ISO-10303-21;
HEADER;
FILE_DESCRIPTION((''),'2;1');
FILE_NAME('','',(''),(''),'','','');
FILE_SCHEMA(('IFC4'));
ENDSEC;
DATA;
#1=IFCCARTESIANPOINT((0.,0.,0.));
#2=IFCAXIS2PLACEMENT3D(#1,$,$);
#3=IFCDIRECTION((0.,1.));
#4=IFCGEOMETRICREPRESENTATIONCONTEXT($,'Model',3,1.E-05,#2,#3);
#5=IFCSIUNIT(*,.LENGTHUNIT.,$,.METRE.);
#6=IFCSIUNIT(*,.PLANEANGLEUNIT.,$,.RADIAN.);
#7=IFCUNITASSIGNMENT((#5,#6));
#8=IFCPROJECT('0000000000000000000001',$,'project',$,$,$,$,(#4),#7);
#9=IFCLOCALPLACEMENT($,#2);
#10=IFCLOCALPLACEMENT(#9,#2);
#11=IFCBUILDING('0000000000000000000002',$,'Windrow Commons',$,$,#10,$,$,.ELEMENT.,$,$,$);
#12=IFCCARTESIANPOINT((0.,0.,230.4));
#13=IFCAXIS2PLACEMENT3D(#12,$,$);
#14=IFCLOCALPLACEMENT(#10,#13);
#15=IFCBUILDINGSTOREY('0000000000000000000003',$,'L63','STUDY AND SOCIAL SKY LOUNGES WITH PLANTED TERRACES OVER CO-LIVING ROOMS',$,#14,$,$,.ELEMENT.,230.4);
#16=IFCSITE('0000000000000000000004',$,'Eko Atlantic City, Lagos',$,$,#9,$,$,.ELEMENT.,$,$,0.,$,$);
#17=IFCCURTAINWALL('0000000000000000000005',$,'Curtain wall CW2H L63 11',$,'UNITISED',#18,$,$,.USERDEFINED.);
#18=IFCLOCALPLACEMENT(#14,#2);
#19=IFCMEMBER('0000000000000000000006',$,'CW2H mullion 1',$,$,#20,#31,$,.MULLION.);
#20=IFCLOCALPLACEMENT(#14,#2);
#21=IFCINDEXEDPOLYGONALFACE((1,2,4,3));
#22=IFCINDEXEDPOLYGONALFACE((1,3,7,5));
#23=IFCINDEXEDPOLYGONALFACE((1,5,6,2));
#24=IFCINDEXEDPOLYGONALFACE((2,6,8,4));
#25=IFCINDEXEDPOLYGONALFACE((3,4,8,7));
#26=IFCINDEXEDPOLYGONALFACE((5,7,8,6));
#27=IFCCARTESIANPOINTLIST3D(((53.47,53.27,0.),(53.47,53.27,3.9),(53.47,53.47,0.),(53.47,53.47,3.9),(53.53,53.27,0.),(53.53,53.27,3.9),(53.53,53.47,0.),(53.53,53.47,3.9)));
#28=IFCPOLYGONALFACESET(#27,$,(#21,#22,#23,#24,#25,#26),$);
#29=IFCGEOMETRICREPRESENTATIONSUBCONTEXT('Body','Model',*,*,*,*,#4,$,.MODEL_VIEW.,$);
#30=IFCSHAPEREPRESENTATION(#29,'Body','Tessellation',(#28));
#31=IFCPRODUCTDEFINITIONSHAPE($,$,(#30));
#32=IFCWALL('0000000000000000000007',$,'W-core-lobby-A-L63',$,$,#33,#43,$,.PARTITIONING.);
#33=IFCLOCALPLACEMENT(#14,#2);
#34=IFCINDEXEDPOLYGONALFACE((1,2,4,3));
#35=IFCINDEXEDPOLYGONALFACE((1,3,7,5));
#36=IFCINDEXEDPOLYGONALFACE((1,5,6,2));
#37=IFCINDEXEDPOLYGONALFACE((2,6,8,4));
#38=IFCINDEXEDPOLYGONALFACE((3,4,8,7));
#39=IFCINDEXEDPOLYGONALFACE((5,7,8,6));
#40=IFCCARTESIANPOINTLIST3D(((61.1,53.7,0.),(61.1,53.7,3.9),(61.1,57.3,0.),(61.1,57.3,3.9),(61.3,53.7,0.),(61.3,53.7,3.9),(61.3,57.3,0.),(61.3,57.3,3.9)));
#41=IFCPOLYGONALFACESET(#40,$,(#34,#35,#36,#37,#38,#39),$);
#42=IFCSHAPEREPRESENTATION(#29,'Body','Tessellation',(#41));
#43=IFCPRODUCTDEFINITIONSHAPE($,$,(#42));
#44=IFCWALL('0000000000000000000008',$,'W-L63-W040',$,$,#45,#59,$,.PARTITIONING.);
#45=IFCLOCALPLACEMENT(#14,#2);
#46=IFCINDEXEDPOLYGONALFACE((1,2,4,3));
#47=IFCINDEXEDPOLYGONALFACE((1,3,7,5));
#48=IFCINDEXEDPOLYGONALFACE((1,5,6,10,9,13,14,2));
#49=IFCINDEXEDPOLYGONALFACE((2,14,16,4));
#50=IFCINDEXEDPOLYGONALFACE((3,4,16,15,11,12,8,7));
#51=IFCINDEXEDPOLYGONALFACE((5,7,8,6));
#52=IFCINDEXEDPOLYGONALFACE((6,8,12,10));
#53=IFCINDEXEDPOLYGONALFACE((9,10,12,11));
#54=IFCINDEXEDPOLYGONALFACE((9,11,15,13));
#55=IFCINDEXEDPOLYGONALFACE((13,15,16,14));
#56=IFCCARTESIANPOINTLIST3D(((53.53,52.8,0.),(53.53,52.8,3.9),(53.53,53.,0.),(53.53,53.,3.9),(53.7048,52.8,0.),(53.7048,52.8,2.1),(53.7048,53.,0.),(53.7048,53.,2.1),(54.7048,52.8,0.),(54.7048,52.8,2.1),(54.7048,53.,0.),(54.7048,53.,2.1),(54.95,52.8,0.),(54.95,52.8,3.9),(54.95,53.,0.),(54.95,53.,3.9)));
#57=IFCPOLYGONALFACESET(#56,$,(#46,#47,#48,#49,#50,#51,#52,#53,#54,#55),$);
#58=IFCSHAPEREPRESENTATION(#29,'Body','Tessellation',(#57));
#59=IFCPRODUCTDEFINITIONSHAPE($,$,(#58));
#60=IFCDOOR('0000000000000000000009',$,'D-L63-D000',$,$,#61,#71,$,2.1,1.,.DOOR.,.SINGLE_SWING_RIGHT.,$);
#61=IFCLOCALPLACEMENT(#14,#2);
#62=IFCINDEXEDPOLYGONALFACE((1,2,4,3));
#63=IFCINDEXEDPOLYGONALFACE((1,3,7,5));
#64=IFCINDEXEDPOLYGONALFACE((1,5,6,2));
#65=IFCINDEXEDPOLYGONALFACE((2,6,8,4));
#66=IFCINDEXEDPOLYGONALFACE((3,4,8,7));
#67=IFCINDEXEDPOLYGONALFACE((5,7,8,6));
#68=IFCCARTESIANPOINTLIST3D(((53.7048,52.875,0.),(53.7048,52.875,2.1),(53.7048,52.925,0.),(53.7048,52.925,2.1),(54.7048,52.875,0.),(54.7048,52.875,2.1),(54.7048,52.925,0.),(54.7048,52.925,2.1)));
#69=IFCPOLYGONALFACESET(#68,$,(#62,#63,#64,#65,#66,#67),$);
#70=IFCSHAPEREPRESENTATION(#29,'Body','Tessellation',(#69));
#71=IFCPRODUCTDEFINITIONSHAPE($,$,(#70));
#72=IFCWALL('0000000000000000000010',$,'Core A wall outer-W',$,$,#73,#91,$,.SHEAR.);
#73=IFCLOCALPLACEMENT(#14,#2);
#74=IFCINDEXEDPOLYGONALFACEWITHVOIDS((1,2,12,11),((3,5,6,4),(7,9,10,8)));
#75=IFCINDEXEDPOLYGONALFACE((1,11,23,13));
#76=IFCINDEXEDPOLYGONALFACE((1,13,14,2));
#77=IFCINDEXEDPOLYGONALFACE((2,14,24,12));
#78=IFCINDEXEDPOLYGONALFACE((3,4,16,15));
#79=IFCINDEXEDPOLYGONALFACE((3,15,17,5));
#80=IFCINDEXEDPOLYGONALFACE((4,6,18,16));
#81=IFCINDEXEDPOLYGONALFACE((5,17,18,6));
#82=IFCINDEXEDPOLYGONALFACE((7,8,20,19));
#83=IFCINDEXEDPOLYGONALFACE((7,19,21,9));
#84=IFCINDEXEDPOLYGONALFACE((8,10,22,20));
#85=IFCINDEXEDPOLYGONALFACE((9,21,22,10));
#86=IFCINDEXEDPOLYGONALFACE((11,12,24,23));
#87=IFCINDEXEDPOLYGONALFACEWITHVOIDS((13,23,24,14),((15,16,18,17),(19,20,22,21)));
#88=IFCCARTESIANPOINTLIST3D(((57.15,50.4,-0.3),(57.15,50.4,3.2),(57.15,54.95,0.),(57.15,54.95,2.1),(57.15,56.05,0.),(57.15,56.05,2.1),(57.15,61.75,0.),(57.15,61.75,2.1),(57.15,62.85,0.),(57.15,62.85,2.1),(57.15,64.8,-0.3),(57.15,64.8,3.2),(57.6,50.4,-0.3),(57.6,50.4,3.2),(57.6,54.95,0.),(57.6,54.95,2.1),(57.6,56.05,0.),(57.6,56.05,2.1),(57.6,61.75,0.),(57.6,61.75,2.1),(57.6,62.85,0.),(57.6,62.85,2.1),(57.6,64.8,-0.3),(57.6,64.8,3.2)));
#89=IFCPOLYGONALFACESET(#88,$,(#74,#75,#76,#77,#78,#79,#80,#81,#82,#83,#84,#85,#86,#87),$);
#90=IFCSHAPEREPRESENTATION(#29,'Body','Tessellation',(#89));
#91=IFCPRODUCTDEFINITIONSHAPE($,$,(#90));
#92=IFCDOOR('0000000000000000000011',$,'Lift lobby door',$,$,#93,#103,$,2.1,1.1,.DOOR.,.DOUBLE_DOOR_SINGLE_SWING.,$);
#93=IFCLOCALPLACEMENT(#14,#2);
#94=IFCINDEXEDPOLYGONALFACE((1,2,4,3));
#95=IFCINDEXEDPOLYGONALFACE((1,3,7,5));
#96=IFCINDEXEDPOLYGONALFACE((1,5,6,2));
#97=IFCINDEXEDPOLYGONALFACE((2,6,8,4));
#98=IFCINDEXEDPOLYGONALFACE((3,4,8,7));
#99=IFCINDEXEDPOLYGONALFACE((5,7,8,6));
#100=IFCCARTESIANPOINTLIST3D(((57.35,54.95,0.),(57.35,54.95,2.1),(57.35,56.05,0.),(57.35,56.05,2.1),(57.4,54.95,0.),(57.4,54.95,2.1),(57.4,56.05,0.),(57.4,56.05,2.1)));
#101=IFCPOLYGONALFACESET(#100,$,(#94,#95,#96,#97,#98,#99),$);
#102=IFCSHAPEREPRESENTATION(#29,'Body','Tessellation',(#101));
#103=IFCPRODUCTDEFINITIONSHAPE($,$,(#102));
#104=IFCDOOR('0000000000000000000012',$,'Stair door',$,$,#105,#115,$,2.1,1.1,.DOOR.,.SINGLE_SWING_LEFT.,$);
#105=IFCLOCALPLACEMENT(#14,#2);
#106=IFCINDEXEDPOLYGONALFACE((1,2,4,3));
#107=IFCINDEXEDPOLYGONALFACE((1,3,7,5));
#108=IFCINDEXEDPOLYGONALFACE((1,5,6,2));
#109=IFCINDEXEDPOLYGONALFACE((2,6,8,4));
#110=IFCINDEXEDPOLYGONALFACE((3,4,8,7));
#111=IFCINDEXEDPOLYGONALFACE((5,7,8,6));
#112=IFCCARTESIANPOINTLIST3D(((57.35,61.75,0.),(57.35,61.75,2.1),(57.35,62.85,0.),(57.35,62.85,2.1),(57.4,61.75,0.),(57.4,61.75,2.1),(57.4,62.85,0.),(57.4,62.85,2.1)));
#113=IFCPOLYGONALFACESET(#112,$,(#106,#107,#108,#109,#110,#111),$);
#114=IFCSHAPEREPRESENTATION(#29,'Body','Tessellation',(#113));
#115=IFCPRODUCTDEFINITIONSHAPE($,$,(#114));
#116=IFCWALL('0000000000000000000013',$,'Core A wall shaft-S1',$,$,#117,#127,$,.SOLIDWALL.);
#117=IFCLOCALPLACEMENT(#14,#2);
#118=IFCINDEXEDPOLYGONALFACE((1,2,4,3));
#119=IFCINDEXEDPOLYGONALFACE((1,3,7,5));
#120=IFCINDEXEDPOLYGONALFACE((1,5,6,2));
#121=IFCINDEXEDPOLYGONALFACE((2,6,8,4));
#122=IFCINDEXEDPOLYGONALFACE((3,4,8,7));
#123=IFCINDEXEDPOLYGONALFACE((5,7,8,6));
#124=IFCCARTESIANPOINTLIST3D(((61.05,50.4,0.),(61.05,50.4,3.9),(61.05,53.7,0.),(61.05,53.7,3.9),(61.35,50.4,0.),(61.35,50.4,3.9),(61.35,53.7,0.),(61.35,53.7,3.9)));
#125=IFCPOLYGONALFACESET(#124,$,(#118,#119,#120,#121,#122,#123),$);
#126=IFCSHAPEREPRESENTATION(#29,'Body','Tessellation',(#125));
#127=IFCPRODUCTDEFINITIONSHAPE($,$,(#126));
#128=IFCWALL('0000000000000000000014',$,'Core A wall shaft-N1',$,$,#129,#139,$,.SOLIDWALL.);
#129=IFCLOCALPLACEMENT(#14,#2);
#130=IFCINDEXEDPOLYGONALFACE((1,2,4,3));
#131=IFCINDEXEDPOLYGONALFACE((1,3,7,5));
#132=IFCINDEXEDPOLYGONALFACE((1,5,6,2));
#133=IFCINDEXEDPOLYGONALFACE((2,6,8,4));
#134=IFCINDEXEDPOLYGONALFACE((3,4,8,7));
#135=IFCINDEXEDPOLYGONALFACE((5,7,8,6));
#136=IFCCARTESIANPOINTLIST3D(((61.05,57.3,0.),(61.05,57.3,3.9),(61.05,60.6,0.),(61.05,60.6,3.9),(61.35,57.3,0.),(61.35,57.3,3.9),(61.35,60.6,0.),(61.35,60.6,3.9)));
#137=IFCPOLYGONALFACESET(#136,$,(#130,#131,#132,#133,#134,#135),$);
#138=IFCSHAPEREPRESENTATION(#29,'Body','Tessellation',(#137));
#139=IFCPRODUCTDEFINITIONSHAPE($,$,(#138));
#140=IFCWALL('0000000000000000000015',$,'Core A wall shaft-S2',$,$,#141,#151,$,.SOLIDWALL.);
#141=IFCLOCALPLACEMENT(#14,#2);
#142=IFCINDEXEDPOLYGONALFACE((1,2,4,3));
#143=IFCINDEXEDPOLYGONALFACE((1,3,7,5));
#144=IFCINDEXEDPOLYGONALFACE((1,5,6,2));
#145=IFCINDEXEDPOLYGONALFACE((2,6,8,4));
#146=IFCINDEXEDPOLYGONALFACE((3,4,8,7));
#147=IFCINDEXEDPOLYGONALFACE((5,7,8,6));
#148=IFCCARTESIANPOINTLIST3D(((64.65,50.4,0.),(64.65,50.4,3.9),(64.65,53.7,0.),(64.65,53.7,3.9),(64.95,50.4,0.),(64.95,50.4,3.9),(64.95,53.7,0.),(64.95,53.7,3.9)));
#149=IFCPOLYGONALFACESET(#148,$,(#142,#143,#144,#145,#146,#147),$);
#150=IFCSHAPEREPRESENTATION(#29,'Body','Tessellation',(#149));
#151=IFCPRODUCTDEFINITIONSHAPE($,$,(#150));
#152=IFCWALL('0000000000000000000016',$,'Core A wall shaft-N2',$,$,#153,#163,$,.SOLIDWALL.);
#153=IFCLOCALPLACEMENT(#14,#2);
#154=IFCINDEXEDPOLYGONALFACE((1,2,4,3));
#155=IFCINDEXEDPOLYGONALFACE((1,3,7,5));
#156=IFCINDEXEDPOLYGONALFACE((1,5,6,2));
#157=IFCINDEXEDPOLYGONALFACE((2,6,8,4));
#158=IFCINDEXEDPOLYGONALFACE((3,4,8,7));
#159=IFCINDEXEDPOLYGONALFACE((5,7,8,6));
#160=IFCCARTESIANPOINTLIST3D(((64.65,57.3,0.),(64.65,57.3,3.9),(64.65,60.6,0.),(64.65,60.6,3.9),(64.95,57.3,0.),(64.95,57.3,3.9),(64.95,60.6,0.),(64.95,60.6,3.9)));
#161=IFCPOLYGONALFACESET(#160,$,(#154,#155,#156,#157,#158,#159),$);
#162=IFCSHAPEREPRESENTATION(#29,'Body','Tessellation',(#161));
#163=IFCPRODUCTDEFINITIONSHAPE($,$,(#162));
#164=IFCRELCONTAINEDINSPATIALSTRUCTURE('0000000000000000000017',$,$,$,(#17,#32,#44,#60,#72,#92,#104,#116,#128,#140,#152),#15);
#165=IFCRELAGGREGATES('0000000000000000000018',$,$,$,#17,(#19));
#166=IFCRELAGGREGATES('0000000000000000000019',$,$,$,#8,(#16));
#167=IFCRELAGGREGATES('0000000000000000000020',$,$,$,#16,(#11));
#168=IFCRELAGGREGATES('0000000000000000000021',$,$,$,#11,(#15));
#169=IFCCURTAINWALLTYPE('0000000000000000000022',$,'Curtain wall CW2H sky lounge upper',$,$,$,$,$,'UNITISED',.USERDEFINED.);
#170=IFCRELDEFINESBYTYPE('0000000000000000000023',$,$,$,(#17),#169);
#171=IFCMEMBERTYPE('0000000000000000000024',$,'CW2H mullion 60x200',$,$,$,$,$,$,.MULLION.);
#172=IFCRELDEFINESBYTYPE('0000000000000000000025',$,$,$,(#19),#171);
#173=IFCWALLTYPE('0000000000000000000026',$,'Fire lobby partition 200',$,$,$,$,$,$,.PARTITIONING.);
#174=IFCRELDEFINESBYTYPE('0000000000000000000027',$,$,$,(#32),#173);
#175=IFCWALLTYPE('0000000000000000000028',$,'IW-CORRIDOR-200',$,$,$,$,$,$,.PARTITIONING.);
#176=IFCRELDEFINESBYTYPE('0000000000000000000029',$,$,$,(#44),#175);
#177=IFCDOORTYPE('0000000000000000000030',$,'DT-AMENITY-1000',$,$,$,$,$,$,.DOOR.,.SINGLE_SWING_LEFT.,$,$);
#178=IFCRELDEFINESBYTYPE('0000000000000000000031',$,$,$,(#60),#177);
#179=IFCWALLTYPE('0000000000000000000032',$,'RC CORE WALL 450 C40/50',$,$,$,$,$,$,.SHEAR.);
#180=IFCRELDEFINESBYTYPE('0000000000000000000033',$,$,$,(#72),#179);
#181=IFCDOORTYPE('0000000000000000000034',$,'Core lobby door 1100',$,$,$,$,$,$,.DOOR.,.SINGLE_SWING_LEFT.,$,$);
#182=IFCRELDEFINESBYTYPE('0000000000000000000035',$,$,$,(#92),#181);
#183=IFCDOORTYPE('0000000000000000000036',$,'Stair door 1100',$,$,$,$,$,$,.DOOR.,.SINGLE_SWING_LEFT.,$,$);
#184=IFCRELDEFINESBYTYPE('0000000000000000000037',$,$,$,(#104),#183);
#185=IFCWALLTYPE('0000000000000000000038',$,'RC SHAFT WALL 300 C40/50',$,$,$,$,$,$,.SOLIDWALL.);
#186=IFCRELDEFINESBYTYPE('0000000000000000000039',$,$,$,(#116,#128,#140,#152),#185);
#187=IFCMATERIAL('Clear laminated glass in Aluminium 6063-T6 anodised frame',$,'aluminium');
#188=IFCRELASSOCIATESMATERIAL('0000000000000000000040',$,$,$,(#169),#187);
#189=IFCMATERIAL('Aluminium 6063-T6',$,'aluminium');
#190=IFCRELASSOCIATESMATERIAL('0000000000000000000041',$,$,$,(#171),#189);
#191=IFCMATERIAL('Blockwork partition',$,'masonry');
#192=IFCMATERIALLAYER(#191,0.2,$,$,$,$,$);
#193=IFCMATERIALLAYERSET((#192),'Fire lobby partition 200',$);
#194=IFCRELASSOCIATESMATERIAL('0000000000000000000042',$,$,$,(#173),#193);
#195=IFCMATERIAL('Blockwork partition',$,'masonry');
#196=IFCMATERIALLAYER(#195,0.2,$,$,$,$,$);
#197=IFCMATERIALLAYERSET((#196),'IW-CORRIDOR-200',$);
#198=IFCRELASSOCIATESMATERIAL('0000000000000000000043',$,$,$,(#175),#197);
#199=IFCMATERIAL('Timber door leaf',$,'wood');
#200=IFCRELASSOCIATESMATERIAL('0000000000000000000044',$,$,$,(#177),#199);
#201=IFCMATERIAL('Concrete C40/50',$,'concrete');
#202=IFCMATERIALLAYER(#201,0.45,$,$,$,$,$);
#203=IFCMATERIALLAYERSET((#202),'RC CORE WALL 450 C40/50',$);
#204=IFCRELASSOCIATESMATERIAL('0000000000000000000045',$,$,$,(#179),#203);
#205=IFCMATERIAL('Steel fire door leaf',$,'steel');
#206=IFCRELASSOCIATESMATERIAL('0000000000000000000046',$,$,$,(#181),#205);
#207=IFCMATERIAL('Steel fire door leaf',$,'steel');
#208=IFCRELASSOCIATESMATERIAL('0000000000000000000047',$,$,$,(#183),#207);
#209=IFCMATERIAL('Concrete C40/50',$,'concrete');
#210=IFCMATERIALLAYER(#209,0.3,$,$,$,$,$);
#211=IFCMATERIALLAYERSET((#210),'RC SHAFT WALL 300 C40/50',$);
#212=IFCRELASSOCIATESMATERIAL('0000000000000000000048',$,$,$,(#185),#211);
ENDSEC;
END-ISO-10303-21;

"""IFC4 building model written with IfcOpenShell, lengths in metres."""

from ifc_helpers import new_model, si_unit, direction, frame, frame_2d, origin, origin_2d, place, context, subcontext, project, spatial, rectangle, extrude, material, layer, layer_set, material_profile, profile_set, type_object, element, fill, aggregate, save


model = new_model("IFC4")

# Units and contexts
model_context = context("Model", 3, precision=1e-05, world=origin(), true_north=direction((0.0, 1.0)))
body_context = subcontext(model_context, "Body", "Model", "MODEL_VIEW")
ifc_project = project(units=[si_unit("LENGTHUNIT", "METRE"), si_unit("PLANEANGLEUNIT", "RADIAN")], contexts=[model_context])

# Site, building, storey
site_placement = place(None, origin())
site = spatial("IfcSite", under=ifc_project, at=site_placement, Name="Eko Atlantic City, Lagos", CompositionType="ELEMENT", RefElevation=0.0)
building_placement = place(site_placement, origin())
building = spatial("IfcBuilding", under=site, at=building_placement, Name="Windrow Commons", CompositionType="ELEMENT")
storey_placement = place(building_placement, frame((0.0, 0.0, 230.4)))
storey = spatial("IfcBuildingStorey", under=building, at=storey_placement, Name="L63", Description="STUDY AND SOCIAL SKY LOUNGES WITH PLANTED TERRACES OVER CO-LIVING ROOMS", CompositionType="ELEMENT", Elevation=230.4)

# Curtain wall, member
ifc_material_1 = material(Name="Clear laminated glass in Aluminium 6063-T6 anodised frame", Category="aluminium")
curtain_wall_type = type_object("IfcCurtainWallType", Name="Curtain wall CW2H sky lounge upper", ElementType="UNITISED", PredefinedType="USERDEFINED", material=ifc_material_1)
curtain_wall_placement = place(storey_placement, origin())
curtain_wall = element("IfcCurtainWall", 1, at=curtain_wall_placement, inside=storey, type_object=curtain_wall_type, Name="Curtain wall CW2H L63 11", ObjectType="UNITISED", PredefinedType="USERDEFINED")
ifc_material_2 = material(Name="Aluminium 6063-T6", Category="aluminium")
ifc_material_profile = material_profile(ifc_material_2, rectangle(XDim=0.06, YDim=0.2, at=origin_2d()))
ifc_profile_set = profile_set([ifc_material_profile], Name="Aluminium 6063-T6")
member_type = type_object("IfcMemberType", Name="CW2H mullion 60x200", PredefinedType="MULLION", material=ifc_profile_set)
member_placement = place(storey_placement, frame((53.5, 53.37, 0.0), z_axis=(0.0, 0.0, 1.0), x_axis=(1.0, 0.0, 0.0)))
member = element("IfcMember", 2, at=member_placement, type_object=member_type, Name="CW2H mullion 1", PredefinedType="MULLION", context=body_context, shape_type="SweptSolid", body=[
    extrude(rectangle(XDim=0.06, YDim=0.2, at=origin_2d()), origin(), (0.0, 0.0, 1.0), 3.9),
])
aggregate(curtain_wall, [member])

# Wall
ifc_material_3 = material(Name="Blockwork partition", Category="masonry")
ifc_layer_1 = layer(ifc_material_3, 0.2)
ifc_layer_set_1 = layer_set([ifc_layer_1], Name="Fire lobby partition 200")
wall_type_1 = type_object("IfcWallType", Name="Fire lobby partition 200", PredefinedType="PARTITIONING", material=ifc_layer_set_1)
wall_1_placement = place(storey_placement, frame((61.2, 53.7, 0.0), z_axis=(0.0, 0.0, 1.0), x_axis=(0.0, 1.0, 0.0)))
element("IfcWall", 3, at=wall_1_placement, inside=storey, type_object=wall_type_1, Name="W-core-lobby-A-L63", PredefinedType="PARTITIONING", context=body_context, shape_type="SweptSolid", body=[
    extrude(rectangle(XDim=3.6, YDim=0.2, at=frame_2d((1.8, 0.0))), origin(), (0.0, 0.0, 1.0), 3.9),
])

# Wall, opening, door
ifc_material_4 = material(Name="Blockwork partition", Category="masonry")
ifc_layer_2 = layer(ifc_material_4, 0.2)
ifc_layer_set_2 = layer_set([ifc_layer_2], Name="IW-CORRIDOR-200")
wall_type_2 = type_object("IfcWallType", Name="IW-CORRIDOR-200", PredefinedType="PARTITIONING", material=ifc_layer_set_2)
wall_2_placement = place(storey_placement, frame((53.53, 52.9, 0.0), z_axis=(0.0, 0.0, 1.0), x_axis=(1.0, 0.0, 0.0)))
wall_2 = element("IfcWall", 4, at=wall_2_placement, inside=storey, type_object=wall_type_2, Name="W-L63-W040", PredefinedType="PARTITIONING", context=body_context, shape_type="SweptSolid", body=[
    extrude(rectangle(XDim=1.42, YDim=0.2, at=frame_2d((0.71, 0.0))), origin(), (0.0, 0.0, 1.0), 3.9),
])
opening_1_placement = place(wall_2_placement, frame((0.1748, 0.0, 0.0)))
opening_1 = element("IfcOpeningElement", 5, at=opening_1_placement, cuts=wall_2, PredefinedType="OPENING", context=body_context, shape_type="SweptSolid", body=[
    extrude(rectangle(XDim=1.0, YDim=2.1, at=frame_2d((0.5, 1.05))), frame((0.0, 0.11, 0.0), z_axis=(0.0, -1.0, 0.0), x_axis=(1.0, 0.0, 0.0)), (0.0, 0.0, 1.0), 0.22),
])
ifc_material_5 = material(Name="Timber door leaf", Category="wood")
door_type_1 = type_object("IfcDoorType", Name="DT-AMENITY-1000", OperationType="SINGLE_SWING_LEFT", PredefinedType="DOOR", material=ifc_material_5)
door_1_placement = place(opening_1_placement, origin())
door_1 = element("IfcDoor", 6, at=door_1_placement, inside=storey, type_object=door_type_1, Name="D-L63-D000", OperationType="SINGLE_SWING_RIGHT", OverallHeight=2.1, OverallWidth=1.0, PredefinedType="DOOR", context=body_context, shape_type="SweptSolid", body=[
    extrude(rectangle(XDim=1.0, YDim=2.1, at=frame_2d((0.5, 1.05))), frame((0.0, 0.025, 0.0), z_axis=(0.0, -1.0, 0.0), x_axis=(1.0, 0.0, 0.0)), (0.0, 0.0, 1.0), 0.05),
])
fill(opening_1, door_1)

# Wall, openings, doors
ifc_material_6 = material(Name="Concrete C40/50", Category="concrete")
ifc_layer_3 = layer(ifc_material_6, 0.45)
ifc_layer_set_3 = layer_set([ifc_layer_3], Name="RC CORE WALL 450 C40/50")
wall_type_3 = type_object("IfcWallType", Name="RC CORE WALL 450 C40/50", PredefinedType="SHEAR", material=ifc_layer_set_3)
wall_3_placement = place(storey_placement, frame((57.375, 50.4, -0.3), z_axis=(0.0, 0.0, 1.0), x_axis=(0.0, 1.0, 0.0)))
wall_3 = element("IfcWall", 7, at=wall_3_placement, inside=storey, type_object=wall_type_3, Name="Core A wall outer-W", PredefinedType="SHEAR", context=body_context, shape_type="SweptSolid", body=[
    extrude(rectangle(XDim=14.4, YDim=0.45, at=frame_2d((7.2, 0.0))), origin(), (0.0, 0.0, 1.0), 3.5),
])
opening_2_placement = place(wall_3_placement, frame((4.55, 0.0, 0.3)))
opening_2 = element("IfcOpeningElement", 8, at=opening_2_placement, cuts=wall_3, PredefinedType="OPENING", context=body_context, shape_type="SweptSolid", body=[
    extrude(rectangle(XDim=1.1, YDim=2.1, at=frame_2d((0.55, 1.05))), frame((0.0, 0.235, 0.0), z_axis=(0.0, -1.0, 0.0), x_axis=(1.0, 0.0, 0.0)), (0.0, 0.0, 1.0), 0.47),
])
opening_3_placement = place(wall_3_placement, frame((11.35, 0.0, 0.3)))
opening_3 = element("IfcOpeningElement", 9, at=opening_3_placement, cuts=wall_3, PredefinedType="OPENING", context=body_context, shape_type="SweptSolid", body=[
    extrude(rectangle(XDim=1.1, YDim=2.1, at=frame_2d((0.55, 1.05))), frame((0.0, 0.235, 0.0), z_axis=(0.0, -1.0, 0.0), x_axis=(1.0, 0.0, 0.0)), (0.0, 0.0, 1.0), 0.47),
])
ifc_material_7 = material(Name="Steel fire door leaf", Category="steel")
door_type_2 = type_object("IfcDoorType", Name="Core lobby door 1100", OperationType="SINGLE_SWING_LEFT", PredefinedType="DOOR", material=ifc_material_7)
door_2_placement = place(opening_2_placement, origin())
door_2 = element("IfcDoor", 10, at=door_2_placement, inside=storey, type_object=door_type_2, Name="Lift lobby door", OperationType="DOUBLE_DOOR_SINGLE_SWING", OverallHeight=2.1, OverallWidth=1.1, PredefinedType="DOOR", context=body_context, shape_type="SweptSolid", body=[
    extrude(rectangle(XDim=1.1, YDim=2.1, at=frame_2d((0.55, 1.05))), frame((0.0, 0.025, 0.0), z_axis=(0.0, -1.0, 0.0), x_axis=(1.0, 0.0, 0.0)), (0.0, 0.0, 1.0), 0.05),
])
fill(opening_2, door_2)
ifc_material_8 = material(Name="Steel fire door leaf", Category="steel")
door_type_3 = type_object("IfcDoorType", Name="Stair door 1100", OperationType="SINGLE_SWING_LEFT", PredefinedType="DOOR", material=ifc_material_8)
door_3_placement = place(opening_3_placement, origin())
door_3 = element("IfcDoor", 11, at=door_3_placement, inside=storey, type_object=door_type_3, Name="Stair door", OperationType="SINGLE_SWING_LEFT", OverallHeight=2.1, OverallWidth=1.1, PredefinedType="DOOR", context=body_context, shape_type="SweptSolid", body=[
    extrude(rectangle(XDim=1.1, YDim=2.1, at=frame_2d((0.55, 1.05))), frame((0.0, 0.025, 0.0), z_axis=(0.0, -1.0, 0.0), x_axis=(1.0, 0.0, 0.0)), (0.0, 0.0, 1.0), 0.05),
])
fill(opening_3, door_3)

# Walls
ifc_material_9 = material(Name="Concrete C40/50", Category="concrete")
ifc_layer_4 = layer(ifc_material_9, 0.3)
ifc_layer_set_4 = layer_set([ifc_layer_4], Name="RC SHAFT WALL 300 C40/50")
wall_type_4 = type_object("IfcWallType", Name="RC SHAFT WALL 300 C40/50", PredefinedType="SOLIDWALL", material=ifc_layer_set_4)
for number, where, z_axis, x_axis, name in (
    (12, (61.2, 50.4, 0.0), (0.0, 0.0, 1.0), (0.0, 1.0, 0.0), "Core A wall shaft-S1"),
    (13, (61.2, 57.3, 0.0), (0.0, 0.0, 1.0), (0.0, 1.0, 0.0), "Core A wall shaft-N1"),
    (14, (64.8, 50.4, 0.0), (0.0, 0.0, 1.0), (0.0, 1.0, 0.0), "Core A wall shaft-S2"),
    (15, (64.8, 57.3, 0.0), (0.0, 0.0, 1.0), (0.0, 1.0, 0.0), "Core A wall shaft-N2"),
):
    element("IfcWall", number, at=place(storey_placement, frame(where, z_axis=z_axis, x_axis=x_axis)), inside=storey, type_object=wall_type_4, Name=name, PredefinedType="SOLIDWALL", context=body_context, shape_type="SweptSolid", body=[
        extrude(rectangle(XDim=3.3, YDim=0.3, at=frame_2d((1.65, 0.0))), origin(), (0.0, 0.0, 1.0), 3.9),
    ])

save(model, "model.ifc")
